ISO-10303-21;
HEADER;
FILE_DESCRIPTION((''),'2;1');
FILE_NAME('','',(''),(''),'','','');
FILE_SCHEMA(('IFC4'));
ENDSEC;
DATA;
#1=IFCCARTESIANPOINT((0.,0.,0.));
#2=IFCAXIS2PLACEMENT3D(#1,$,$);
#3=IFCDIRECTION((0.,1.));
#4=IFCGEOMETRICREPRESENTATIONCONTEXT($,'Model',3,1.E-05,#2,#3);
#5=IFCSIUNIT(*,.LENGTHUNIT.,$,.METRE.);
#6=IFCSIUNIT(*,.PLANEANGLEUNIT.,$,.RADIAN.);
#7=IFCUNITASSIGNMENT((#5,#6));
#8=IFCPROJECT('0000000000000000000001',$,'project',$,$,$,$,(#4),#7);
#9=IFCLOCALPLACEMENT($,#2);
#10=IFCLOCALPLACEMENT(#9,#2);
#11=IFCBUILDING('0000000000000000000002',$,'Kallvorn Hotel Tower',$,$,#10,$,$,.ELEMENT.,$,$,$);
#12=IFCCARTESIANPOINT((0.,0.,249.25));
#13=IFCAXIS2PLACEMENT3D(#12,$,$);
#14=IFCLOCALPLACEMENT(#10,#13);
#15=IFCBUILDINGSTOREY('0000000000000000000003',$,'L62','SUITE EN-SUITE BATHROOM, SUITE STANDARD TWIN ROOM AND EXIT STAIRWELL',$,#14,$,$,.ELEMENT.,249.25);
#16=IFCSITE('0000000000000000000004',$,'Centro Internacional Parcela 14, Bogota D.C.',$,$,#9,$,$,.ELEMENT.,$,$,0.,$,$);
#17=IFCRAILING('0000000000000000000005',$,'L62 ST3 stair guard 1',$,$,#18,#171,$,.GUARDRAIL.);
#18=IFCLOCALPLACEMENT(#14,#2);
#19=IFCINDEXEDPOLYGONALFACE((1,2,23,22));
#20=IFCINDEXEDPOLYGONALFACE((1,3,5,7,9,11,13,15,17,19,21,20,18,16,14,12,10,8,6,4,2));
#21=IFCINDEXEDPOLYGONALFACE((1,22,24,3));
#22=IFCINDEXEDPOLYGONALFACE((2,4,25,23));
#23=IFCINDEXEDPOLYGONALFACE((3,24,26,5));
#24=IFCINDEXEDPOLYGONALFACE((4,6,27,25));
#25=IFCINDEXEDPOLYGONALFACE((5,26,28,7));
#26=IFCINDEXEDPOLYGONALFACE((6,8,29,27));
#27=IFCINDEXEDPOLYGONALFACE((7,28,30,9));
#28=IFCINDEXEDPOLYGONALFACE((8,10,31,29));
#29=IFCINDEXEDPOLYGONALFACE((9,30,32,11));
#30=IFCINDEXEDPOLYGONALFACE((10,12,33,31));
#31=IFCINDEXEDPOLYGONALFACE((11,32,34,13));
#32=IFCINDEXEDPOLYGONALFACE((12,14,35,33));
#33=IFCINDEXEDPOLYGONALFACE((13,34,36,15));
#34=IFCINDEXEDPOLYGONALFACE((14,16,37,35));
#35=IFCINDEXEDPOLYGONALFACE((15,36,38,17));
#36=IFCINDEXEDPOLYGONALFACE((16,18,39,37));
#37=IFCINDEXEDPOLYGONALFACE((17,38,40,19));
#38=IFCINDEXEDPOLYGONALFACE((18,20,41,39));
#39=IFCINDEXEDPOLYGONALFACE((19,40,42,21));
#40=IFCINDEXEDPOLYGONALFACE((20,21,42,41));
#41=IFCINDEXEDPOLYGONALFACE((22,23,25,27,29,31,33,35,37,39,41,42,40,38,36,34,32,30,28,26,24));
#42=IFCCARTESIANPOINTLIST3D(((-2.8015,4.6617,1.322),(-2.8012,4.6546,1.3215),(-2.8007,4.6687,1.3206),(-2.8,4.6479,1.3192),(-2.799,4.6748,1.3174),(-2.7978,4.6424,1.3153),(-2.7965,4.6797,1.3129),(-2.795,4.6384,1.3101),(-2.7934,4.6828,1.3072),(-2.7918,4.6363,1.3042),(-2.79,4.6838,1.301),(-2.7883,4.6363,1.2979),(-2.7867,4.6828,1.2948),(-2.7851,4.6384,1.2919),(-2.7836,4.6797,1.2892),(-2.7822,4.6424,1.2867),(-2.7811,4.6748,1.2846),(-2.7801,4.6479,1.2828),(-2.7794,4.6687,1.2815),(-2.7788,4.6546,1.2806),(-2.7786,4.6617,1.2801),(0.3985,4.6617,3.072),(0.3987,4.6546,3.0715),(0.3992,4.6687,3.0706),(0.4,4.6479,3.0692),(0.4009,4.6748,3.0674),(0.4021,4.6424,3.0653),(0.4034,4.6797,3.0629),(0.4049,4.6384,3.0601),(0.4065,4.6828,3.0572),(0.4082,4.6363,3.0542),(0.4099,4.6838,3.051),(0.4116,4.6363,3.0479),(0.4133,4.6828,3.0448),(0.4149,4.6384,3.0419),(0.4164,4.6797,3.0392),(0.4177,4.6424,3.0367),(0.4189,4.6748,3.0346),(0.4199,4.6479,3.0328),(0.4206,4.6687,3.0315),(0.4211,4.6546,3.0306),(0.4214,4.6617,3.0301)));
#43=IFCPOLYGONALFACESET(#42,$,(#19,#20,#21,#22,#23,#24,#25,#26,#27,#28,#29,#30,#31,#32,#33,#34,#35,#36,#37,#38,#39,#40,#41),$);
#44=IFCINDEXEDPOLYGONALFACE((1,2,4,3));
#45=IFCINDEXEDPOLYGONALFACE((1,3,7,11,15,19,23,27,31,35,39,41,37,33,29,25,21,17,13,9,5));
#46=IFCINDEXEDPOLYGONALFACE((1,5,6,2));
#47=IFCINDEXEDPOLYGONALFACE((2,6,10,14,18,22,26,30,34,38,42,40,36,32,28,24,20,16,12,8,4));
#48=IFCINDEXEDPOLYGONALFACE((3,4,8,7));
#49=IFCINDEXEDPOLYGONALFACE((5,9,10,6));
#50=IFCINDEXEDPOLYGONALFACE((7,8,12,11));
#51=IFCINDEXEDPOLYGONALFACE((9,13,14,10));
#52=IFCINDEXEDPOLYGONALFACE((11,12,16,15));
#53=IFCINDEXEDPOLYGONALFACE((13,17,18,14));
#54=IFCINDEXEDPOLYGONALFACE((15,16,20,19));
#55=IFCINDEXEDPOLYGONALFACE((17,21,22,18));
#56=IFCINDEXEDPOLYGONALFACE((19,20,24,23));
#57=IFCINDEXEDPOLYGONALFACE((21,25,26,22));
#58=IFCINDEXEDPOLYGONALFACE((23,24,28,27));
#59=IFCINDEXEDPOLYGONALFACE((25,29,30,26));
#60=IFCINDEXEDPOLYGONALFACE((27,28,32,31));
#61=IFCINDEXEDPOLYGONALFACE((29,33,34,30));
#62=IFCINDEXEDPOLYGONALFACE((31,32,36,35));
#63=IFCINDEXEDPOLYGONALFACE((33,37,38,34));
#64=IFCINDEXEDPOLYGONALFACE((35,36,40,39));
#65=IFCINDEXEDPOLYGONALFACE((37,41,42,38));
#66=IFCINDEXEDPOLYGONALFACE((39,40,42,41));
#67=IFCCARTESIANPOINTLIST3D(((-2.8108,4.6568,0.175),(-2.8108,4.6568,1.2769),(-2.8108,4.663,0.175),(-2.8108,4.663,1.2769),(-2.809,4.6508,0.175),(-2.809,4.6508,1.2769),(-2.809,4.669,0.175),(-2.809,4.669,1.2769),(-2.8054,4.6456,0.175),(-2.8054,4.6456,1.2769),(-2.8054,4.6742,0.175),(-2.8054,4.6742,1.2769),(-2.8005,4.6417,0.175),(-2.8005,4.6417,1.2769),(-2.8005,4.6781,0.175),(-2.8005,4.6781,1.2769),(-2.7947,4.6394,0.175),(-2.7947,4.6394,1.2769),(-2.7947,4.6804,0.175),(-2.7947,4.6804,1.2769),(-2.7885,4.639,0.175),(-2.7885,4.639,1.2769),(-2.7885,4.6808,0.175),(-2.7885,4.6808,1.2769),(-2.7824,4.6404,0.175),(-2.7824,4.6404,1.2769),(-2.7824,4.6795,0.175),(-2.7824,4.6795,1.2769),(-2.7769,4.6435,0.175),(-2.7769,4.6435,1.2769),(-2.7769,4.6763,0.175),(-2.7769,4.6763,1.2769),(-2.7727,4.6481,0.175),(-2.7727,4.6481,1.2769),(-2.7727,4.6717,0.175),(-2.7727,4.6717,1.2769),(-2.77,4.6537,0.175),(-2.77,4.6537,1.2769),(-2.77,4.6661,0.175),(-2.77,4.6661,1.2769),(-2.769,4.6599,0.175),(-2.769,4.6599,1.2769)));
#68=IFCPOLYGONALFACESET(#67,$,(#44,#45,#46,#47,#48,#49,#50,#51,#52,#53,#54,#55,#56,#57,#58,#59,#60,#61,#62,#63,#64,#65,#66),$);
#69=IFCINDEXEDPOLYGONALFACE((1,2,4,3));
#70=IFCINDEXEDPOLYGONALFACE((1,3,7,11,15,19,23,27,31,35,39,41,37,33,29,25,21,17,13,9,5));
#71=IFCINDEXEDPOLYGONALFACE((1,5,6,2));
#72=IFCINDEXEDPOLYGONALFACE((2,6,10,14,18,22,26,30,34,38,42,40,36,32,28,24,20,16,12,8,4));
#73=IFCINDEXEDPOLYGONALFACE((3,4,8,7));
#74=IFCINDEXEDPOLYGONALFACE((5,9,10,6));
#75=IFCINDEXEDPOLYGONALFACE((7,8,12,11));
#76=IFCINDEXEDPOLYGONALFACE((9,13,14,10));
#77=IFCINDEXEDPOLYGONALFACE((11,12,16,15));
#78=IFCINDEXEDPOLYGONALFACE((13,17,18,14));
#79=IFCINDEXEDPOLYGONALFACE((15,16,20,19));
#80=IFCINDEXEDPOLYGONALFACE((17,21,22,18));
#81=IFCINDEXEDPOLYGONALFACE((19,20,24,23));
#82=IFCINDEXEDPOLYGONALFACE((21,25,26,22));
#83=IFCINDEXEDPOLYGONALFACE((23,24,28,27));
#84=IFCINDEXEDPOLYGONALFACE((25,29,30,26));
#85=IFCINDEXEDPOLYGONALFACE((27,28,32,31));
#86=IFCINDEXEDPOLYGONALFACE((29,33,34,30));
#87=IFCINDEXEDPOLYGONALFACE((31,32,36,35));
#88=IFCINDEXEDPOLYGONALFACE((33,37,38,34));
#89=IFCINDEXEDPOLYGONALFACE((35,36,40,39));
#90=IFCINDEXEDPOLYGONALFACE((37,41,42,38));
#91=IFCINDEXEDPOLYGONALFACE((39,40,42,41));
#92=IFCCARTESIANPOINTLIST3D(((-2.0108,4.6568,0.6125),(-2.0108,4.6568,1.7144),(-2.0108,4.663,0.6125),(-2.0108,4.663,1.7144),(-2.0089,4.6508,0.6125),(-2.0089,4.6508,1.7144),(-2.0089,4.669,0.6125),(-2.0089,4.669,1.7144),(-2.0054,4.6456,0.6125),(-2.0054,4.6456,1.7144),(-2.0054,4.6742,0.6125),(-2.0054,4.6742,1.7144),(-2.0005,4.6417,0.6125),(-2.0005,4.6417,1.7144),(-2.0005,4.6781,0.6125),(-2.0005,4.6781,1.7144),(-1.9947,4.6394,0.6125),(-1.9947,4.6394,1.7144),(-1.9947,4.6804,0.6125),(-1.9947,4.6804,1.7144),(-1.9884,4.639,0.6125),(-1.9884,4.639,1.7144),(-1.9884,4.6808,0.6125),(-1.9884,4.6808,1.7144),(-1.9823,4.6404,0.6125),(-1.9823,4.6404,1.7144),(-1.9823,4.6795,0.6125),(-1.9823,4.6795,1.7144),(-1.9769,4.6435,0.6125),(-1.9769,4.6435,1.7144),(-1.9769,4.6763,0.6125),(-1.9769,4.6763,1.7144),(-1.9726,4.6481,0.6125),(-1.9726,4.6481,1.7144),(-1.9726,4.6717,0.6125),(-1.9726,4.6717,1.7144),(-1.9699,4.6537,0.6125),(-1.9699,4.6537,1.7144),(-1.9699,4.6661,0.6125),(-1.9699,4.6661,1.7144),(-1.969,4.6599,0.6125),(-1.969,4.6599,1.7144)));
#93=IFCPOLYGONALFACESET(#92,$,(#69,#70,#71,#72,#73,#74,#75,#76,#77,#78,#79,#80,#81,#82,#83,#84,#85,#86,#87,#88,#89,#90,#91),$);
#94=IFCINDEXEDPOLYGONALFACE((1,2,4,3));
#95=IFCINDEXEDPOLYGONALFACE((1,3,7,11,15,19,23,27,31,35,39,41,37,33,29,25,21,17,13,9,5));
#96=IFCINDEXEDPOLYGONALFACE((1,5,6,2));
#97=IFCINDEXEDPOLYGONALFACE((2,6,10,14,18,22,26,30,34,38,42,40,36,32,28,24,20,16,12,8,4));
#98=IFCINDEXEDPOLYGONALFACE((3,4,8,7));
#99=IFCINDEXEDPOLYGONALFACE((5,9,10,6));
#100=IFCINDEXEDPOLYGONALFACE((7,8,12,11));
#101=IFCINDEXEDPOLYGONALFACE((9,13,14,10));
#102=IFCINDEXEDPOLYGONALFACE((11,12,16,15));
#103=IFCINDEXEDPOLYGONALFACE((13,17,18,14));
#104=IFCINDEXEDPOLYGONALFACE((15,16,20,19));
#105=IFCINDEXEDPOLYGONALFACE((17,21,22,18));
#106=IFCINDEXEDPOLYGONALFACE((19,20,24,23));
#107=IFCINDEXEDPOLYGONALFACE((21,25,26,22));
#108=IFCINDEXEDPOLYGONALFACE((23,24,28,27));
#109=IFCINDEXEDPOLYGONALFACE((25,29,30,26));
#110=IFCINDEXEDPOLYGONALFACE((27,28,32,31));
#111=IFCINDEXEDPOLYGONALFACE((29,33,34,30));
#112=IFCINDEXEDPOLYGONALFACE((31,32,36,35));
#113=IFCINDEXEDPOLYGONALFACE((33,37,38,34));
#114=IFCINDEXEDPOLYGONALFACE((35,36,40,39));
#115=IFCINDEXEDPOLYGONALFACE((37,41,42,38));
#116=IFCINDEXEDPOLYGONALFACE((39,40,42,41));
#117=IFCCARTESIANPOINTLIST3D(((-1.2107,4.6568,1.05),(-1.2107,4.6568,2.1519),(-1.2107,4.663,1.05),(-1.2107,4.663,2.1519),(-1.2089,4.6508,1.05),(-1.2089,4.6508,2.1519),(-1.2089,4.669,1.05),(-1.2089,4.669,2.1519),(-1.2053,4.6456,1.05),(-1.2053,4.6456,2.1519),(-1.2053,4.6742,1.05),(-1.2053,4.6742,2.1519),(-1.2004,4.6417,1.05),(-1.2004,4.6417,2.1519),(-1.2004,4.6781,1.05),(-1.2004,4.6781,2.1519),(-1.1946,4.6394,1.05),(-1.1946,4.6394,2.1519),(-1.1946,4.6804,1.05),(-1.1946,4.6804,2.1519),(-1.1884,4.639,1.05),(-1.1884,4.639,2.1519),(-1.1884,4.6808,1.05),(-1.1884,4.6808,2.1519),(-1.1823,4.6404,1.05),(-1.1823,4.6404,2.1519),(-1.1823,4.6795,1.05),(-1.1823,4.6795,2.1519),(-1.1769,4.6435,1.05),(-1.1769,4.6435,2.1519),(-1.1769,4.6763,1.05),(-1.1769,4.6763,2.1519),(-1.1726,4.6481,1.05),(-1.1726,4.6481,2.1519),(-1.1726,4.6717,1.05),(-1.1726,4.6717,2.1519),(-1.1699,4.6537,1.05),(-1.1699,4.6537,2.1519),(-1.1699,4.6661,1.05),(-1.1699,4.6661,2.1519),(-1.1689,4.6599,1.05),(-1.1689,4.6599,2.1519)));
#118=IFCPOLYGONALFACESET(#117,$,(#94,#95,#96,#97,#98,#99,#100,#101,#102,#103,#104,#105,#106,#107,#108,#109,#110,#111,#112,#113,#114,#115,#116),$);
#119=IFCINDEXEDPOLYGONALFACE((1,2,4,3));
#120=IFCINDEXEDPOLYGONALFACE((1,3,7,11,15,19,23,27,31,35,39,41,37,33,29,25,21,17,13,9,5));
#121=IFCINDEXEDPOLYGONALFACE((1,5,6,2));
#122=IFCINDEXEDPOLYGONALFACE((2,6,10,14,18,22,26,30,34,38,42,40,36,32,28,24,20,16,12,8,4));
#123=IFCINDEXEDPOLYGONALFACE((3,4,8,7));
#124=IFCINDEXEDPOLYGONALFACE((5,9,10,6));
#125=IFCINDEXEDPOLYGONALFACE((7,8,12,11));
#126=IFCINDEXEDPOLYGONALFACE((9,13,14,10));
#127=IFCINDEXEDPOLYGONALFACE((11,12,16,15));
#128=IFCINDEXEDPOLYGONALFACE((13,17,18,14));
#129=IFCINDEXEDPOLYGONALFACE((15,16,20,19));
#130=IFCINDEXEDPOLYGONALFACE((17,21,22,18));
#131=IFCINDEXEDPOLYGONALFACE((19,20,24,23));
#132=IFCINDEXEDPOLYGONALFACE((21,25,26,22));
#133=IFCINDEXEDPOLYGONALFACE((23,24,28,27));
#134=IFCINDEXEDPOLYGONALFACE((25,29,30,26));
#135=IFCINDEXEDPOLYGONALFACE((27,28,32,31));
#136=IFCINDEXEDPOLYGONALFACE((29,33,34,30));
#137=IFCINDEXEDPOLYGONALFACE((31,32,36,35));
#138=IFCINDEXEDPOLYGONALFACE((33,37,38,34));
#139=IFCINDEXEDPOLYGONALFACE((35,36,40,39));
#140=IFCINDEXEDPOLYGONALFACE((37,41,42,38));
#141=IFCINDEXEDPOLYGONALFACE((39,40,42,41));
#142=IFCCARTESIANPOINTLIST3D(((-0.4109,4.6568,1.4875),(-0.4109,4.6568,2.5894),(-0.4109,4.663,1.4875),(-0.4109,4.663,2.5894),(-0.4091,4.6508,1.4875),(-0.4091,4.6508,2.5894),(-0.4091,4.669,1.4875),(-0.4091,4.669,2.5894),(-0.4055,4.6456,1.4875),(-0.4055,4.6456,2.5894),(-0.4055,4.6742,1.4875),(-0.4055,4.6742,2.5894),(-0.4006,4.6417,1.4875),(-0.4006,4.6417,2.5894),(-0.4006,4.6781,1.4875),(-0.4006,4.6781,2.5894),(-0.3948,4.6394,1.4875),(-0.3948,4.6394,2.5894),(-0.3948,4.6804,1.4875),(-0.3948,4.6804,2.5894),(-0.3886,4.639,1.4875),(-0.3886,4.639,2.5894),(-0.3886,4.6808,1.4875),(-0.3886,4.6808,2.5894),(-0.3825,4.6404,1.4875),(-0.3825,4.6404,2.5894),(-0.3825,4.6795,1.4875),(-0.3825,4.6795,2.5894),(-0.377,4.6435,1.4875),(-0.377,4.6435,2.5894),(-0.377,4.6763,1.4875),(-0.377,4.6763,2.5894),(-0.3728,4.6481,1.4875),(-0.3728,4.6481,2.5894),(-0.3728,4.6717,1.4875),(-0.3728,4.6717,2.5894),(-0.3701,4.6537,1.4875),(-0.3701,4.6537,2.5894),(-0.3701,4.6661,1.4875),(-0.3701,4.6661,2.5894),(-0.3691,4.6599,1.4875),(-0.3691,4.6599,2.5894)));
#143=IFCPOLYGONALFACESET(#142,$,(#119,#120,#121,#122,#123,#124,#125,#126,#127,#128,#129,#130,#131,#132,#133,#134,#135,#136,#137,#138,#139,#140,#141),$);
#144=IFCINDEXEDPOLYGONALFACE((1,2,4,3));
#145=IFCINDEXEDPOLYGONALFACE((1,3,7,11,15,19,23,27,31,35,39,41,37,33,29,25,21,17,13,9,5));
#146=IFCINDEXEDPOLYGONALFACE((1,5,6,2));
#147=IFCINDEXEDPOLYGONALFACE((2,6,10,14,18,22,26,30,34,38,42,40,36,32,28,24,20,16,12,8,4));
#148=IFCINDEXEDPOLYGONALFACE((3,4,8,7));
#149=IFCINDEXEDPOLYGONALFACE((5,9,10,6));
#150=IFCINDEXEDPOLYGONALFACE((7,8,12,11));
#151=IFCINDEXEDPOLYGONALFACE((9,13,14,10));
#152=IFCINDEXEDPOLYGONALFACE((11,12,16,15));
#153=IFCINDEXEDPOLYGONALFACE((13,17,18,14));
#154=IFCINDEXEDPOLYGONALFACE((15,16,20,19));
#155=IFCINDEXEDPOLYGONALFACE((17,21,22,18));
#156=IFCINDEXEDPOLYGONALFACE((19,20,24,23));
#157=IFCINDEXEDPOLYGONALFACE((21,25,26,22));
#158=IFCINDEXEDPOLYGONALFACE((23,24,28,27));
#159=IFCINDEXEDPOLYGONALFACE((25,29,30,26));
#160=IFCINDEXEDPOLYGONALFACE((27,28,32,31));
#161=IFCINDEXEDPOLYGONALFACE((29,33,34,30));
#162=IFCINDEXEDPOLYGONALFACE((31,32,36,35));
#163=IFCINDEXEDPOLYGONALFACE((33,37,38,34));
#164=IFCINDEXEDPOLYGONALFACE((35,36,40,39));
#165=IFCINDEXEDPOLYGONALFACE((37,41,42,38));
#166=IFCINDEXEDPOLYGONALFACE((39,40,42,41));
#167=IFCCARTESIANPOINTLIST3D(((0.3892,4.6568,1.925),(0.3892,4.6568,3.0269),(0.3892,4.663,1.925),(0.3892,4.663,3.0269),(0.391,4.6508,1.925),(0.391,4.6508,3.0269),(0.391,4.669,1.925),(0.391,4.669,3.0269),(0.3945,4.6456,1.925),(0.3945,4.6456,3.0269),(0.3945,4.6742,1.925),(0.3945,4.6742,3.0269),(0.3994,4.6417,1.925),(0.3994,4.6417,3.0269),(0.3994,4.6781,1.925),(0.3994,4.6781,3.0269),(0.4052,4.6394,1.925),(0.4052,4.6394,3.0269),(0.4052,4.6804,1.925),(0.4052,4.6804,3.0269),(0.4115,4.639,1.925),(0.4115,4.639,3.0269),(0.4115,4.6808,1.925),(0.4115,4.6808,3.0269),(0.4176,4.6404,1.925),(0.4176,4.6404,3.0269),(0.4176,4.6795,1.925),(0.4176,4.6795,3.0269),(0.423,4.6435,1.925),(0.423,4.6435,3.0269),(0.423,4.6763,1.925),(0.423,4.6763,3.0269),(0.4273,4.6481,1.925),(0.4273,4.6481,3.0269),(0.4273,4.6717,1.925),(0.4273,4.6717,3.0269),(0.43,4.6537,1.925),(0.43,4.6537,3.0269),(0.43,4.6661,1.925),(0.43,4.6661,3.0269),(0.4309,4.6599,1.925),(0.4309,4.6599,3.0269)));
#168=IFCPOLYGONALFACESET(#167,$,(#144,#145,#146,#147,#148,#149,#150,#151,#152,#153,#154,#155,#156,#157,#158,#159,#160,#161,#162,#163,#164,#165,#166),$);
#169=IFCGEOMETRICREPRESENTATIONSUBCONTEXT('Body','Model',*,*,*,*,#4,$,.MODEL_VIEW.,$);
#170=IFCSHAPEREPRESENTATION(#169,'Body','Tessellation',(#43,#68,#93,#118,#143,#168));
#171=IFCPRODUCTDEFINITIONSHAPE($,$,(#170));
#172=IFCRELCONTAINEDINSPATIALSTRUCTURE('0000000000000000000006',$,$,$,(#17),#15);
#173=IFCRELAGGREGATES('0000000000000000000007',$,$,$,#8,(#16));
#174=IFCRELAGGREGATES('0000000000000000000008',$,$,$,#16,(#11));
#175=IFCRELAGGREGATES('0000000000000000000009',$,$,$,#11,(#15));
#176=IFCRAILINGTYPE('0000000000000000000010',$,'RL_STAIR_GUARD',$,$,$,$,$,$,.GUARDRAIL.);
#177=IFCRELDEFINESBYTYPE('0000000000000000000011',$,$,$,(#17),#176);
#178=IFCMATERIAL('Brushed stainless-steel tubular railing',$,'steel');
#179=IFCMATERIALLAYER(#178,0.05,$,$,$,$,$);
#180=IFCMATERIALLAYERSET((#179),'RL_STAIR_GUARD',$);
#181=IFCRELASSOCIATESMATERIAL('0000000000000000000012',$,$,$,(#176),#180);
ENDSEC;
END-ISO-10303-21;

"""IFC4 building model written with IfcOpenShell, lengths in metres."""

from ifc_helpers import new_model, si_unit, direction, frame, origin, origin_2d, place, context, subcontext, project, spatial, circle, extrude, material, layer, layer_set, type_object, element, save


model = new_model("IFC4")

# Units and contexts
model_context = context("Model", 3, precision=1e-05, world=origin(), true_north=direction((0.0, 1.0)))
body_context = subcontext(model_context, "Body", "Model", "MODEL_VIEW")
ifc_project = project(units=[si_unit("LENGTHUNIT", "METRE"), si_unit("PLANEANGLEUNIT", "RADIAN")], contexts=[model_context])

# Site, building, storey
site_placement = place(None, origin())
site = spatial("IfcSite", under=ifc_project, at=site_placement, Name="Centro Internacional Parcela 14, Bogota D.C.", CompositionType="ELEMENT", RefElevation=0.0)
building_placement = place(site_placement, origin())
building = spatial("IfcBuilding", under=site, at=building_placement, Name="Kallvorn Hotel Tower", CompositionType="ELEMENT")
storey_placement = place(building_placement, frame((0.0, 0.0, 249.25)))
storey = spatial("IfcBuildingStorey", under=building, at=storey_placement, Name="L62", Description="SUITE EN-SUITE BATHROOM, SUITE STANDARD TWIN ROOM AND EXIT STAIRWELL", CompositionType="ELEMENT", Elevation=249.25)

# Railing
ifc_material_1 = material(Name="Brushed stainless-steel tubular railing", Category="steel")
ifc_layer_1 = layer(ifc_material_1, 0.05)
ifc_layer_set_1 = layer_set([ifc_layer_1], Name="RL_STAIR_GUARD")
railing_type_1 = type_object("IfcRailingType", Name="RL_STAIR_GUARD", PredefinedType="GUARDRAIL", material=ifc_layer_set_1)
railing_1_placement = place(storey_placement, frame((-2.79, 4.6599, 0.175)))
element("IfcRailing", 1, at=railing_1_placement, inside=storey, type_object=railing_type_1, Name="L62 ST3 stair guard 1", PredefinedType="GUARDRAIL", context=body_context, shape_type="SweptSolid", body=[
    extrude(circle(Radius=0.0239, at=origin_2d()), frame((0.0, 0.0, 1.126), z_axis=(0.877368, 0.0, 0.479818), x_axis=(0.0, 1.0, 0.0)), (0.0, 0.0, 1.0), 3.6472),
    extrude(circle(Radius=0.021, at=origin_2d()), origin(), (0.0, 0.0, 1.0), 1.1018),
    extrude(circle(Radius=0.021, at=origin_2d()), frame((0.8, 0.0, 0.4375)), (0.0, 0.0, 1.0), 1.1018),
    extrude(circle(Radius=0.021, at=origin_2d()), frame((1.6001, 0.0, 0.875)), (0.0, 0.0, 1.0), 1.1018),
    extrude(circle(Radius=0.021, at=origin_2d()), frame((2.3999, 0.0, 1.3125)), (0.0, 0.0, 1.0), 1.1018),
    extrude(circle(Radius=0.021, at=origin_2d()), frame((3.2, 0.0, 1.75)), (0.0, 0.0, 1.0), 1.1018),
])

save(model, "model.ifc")
